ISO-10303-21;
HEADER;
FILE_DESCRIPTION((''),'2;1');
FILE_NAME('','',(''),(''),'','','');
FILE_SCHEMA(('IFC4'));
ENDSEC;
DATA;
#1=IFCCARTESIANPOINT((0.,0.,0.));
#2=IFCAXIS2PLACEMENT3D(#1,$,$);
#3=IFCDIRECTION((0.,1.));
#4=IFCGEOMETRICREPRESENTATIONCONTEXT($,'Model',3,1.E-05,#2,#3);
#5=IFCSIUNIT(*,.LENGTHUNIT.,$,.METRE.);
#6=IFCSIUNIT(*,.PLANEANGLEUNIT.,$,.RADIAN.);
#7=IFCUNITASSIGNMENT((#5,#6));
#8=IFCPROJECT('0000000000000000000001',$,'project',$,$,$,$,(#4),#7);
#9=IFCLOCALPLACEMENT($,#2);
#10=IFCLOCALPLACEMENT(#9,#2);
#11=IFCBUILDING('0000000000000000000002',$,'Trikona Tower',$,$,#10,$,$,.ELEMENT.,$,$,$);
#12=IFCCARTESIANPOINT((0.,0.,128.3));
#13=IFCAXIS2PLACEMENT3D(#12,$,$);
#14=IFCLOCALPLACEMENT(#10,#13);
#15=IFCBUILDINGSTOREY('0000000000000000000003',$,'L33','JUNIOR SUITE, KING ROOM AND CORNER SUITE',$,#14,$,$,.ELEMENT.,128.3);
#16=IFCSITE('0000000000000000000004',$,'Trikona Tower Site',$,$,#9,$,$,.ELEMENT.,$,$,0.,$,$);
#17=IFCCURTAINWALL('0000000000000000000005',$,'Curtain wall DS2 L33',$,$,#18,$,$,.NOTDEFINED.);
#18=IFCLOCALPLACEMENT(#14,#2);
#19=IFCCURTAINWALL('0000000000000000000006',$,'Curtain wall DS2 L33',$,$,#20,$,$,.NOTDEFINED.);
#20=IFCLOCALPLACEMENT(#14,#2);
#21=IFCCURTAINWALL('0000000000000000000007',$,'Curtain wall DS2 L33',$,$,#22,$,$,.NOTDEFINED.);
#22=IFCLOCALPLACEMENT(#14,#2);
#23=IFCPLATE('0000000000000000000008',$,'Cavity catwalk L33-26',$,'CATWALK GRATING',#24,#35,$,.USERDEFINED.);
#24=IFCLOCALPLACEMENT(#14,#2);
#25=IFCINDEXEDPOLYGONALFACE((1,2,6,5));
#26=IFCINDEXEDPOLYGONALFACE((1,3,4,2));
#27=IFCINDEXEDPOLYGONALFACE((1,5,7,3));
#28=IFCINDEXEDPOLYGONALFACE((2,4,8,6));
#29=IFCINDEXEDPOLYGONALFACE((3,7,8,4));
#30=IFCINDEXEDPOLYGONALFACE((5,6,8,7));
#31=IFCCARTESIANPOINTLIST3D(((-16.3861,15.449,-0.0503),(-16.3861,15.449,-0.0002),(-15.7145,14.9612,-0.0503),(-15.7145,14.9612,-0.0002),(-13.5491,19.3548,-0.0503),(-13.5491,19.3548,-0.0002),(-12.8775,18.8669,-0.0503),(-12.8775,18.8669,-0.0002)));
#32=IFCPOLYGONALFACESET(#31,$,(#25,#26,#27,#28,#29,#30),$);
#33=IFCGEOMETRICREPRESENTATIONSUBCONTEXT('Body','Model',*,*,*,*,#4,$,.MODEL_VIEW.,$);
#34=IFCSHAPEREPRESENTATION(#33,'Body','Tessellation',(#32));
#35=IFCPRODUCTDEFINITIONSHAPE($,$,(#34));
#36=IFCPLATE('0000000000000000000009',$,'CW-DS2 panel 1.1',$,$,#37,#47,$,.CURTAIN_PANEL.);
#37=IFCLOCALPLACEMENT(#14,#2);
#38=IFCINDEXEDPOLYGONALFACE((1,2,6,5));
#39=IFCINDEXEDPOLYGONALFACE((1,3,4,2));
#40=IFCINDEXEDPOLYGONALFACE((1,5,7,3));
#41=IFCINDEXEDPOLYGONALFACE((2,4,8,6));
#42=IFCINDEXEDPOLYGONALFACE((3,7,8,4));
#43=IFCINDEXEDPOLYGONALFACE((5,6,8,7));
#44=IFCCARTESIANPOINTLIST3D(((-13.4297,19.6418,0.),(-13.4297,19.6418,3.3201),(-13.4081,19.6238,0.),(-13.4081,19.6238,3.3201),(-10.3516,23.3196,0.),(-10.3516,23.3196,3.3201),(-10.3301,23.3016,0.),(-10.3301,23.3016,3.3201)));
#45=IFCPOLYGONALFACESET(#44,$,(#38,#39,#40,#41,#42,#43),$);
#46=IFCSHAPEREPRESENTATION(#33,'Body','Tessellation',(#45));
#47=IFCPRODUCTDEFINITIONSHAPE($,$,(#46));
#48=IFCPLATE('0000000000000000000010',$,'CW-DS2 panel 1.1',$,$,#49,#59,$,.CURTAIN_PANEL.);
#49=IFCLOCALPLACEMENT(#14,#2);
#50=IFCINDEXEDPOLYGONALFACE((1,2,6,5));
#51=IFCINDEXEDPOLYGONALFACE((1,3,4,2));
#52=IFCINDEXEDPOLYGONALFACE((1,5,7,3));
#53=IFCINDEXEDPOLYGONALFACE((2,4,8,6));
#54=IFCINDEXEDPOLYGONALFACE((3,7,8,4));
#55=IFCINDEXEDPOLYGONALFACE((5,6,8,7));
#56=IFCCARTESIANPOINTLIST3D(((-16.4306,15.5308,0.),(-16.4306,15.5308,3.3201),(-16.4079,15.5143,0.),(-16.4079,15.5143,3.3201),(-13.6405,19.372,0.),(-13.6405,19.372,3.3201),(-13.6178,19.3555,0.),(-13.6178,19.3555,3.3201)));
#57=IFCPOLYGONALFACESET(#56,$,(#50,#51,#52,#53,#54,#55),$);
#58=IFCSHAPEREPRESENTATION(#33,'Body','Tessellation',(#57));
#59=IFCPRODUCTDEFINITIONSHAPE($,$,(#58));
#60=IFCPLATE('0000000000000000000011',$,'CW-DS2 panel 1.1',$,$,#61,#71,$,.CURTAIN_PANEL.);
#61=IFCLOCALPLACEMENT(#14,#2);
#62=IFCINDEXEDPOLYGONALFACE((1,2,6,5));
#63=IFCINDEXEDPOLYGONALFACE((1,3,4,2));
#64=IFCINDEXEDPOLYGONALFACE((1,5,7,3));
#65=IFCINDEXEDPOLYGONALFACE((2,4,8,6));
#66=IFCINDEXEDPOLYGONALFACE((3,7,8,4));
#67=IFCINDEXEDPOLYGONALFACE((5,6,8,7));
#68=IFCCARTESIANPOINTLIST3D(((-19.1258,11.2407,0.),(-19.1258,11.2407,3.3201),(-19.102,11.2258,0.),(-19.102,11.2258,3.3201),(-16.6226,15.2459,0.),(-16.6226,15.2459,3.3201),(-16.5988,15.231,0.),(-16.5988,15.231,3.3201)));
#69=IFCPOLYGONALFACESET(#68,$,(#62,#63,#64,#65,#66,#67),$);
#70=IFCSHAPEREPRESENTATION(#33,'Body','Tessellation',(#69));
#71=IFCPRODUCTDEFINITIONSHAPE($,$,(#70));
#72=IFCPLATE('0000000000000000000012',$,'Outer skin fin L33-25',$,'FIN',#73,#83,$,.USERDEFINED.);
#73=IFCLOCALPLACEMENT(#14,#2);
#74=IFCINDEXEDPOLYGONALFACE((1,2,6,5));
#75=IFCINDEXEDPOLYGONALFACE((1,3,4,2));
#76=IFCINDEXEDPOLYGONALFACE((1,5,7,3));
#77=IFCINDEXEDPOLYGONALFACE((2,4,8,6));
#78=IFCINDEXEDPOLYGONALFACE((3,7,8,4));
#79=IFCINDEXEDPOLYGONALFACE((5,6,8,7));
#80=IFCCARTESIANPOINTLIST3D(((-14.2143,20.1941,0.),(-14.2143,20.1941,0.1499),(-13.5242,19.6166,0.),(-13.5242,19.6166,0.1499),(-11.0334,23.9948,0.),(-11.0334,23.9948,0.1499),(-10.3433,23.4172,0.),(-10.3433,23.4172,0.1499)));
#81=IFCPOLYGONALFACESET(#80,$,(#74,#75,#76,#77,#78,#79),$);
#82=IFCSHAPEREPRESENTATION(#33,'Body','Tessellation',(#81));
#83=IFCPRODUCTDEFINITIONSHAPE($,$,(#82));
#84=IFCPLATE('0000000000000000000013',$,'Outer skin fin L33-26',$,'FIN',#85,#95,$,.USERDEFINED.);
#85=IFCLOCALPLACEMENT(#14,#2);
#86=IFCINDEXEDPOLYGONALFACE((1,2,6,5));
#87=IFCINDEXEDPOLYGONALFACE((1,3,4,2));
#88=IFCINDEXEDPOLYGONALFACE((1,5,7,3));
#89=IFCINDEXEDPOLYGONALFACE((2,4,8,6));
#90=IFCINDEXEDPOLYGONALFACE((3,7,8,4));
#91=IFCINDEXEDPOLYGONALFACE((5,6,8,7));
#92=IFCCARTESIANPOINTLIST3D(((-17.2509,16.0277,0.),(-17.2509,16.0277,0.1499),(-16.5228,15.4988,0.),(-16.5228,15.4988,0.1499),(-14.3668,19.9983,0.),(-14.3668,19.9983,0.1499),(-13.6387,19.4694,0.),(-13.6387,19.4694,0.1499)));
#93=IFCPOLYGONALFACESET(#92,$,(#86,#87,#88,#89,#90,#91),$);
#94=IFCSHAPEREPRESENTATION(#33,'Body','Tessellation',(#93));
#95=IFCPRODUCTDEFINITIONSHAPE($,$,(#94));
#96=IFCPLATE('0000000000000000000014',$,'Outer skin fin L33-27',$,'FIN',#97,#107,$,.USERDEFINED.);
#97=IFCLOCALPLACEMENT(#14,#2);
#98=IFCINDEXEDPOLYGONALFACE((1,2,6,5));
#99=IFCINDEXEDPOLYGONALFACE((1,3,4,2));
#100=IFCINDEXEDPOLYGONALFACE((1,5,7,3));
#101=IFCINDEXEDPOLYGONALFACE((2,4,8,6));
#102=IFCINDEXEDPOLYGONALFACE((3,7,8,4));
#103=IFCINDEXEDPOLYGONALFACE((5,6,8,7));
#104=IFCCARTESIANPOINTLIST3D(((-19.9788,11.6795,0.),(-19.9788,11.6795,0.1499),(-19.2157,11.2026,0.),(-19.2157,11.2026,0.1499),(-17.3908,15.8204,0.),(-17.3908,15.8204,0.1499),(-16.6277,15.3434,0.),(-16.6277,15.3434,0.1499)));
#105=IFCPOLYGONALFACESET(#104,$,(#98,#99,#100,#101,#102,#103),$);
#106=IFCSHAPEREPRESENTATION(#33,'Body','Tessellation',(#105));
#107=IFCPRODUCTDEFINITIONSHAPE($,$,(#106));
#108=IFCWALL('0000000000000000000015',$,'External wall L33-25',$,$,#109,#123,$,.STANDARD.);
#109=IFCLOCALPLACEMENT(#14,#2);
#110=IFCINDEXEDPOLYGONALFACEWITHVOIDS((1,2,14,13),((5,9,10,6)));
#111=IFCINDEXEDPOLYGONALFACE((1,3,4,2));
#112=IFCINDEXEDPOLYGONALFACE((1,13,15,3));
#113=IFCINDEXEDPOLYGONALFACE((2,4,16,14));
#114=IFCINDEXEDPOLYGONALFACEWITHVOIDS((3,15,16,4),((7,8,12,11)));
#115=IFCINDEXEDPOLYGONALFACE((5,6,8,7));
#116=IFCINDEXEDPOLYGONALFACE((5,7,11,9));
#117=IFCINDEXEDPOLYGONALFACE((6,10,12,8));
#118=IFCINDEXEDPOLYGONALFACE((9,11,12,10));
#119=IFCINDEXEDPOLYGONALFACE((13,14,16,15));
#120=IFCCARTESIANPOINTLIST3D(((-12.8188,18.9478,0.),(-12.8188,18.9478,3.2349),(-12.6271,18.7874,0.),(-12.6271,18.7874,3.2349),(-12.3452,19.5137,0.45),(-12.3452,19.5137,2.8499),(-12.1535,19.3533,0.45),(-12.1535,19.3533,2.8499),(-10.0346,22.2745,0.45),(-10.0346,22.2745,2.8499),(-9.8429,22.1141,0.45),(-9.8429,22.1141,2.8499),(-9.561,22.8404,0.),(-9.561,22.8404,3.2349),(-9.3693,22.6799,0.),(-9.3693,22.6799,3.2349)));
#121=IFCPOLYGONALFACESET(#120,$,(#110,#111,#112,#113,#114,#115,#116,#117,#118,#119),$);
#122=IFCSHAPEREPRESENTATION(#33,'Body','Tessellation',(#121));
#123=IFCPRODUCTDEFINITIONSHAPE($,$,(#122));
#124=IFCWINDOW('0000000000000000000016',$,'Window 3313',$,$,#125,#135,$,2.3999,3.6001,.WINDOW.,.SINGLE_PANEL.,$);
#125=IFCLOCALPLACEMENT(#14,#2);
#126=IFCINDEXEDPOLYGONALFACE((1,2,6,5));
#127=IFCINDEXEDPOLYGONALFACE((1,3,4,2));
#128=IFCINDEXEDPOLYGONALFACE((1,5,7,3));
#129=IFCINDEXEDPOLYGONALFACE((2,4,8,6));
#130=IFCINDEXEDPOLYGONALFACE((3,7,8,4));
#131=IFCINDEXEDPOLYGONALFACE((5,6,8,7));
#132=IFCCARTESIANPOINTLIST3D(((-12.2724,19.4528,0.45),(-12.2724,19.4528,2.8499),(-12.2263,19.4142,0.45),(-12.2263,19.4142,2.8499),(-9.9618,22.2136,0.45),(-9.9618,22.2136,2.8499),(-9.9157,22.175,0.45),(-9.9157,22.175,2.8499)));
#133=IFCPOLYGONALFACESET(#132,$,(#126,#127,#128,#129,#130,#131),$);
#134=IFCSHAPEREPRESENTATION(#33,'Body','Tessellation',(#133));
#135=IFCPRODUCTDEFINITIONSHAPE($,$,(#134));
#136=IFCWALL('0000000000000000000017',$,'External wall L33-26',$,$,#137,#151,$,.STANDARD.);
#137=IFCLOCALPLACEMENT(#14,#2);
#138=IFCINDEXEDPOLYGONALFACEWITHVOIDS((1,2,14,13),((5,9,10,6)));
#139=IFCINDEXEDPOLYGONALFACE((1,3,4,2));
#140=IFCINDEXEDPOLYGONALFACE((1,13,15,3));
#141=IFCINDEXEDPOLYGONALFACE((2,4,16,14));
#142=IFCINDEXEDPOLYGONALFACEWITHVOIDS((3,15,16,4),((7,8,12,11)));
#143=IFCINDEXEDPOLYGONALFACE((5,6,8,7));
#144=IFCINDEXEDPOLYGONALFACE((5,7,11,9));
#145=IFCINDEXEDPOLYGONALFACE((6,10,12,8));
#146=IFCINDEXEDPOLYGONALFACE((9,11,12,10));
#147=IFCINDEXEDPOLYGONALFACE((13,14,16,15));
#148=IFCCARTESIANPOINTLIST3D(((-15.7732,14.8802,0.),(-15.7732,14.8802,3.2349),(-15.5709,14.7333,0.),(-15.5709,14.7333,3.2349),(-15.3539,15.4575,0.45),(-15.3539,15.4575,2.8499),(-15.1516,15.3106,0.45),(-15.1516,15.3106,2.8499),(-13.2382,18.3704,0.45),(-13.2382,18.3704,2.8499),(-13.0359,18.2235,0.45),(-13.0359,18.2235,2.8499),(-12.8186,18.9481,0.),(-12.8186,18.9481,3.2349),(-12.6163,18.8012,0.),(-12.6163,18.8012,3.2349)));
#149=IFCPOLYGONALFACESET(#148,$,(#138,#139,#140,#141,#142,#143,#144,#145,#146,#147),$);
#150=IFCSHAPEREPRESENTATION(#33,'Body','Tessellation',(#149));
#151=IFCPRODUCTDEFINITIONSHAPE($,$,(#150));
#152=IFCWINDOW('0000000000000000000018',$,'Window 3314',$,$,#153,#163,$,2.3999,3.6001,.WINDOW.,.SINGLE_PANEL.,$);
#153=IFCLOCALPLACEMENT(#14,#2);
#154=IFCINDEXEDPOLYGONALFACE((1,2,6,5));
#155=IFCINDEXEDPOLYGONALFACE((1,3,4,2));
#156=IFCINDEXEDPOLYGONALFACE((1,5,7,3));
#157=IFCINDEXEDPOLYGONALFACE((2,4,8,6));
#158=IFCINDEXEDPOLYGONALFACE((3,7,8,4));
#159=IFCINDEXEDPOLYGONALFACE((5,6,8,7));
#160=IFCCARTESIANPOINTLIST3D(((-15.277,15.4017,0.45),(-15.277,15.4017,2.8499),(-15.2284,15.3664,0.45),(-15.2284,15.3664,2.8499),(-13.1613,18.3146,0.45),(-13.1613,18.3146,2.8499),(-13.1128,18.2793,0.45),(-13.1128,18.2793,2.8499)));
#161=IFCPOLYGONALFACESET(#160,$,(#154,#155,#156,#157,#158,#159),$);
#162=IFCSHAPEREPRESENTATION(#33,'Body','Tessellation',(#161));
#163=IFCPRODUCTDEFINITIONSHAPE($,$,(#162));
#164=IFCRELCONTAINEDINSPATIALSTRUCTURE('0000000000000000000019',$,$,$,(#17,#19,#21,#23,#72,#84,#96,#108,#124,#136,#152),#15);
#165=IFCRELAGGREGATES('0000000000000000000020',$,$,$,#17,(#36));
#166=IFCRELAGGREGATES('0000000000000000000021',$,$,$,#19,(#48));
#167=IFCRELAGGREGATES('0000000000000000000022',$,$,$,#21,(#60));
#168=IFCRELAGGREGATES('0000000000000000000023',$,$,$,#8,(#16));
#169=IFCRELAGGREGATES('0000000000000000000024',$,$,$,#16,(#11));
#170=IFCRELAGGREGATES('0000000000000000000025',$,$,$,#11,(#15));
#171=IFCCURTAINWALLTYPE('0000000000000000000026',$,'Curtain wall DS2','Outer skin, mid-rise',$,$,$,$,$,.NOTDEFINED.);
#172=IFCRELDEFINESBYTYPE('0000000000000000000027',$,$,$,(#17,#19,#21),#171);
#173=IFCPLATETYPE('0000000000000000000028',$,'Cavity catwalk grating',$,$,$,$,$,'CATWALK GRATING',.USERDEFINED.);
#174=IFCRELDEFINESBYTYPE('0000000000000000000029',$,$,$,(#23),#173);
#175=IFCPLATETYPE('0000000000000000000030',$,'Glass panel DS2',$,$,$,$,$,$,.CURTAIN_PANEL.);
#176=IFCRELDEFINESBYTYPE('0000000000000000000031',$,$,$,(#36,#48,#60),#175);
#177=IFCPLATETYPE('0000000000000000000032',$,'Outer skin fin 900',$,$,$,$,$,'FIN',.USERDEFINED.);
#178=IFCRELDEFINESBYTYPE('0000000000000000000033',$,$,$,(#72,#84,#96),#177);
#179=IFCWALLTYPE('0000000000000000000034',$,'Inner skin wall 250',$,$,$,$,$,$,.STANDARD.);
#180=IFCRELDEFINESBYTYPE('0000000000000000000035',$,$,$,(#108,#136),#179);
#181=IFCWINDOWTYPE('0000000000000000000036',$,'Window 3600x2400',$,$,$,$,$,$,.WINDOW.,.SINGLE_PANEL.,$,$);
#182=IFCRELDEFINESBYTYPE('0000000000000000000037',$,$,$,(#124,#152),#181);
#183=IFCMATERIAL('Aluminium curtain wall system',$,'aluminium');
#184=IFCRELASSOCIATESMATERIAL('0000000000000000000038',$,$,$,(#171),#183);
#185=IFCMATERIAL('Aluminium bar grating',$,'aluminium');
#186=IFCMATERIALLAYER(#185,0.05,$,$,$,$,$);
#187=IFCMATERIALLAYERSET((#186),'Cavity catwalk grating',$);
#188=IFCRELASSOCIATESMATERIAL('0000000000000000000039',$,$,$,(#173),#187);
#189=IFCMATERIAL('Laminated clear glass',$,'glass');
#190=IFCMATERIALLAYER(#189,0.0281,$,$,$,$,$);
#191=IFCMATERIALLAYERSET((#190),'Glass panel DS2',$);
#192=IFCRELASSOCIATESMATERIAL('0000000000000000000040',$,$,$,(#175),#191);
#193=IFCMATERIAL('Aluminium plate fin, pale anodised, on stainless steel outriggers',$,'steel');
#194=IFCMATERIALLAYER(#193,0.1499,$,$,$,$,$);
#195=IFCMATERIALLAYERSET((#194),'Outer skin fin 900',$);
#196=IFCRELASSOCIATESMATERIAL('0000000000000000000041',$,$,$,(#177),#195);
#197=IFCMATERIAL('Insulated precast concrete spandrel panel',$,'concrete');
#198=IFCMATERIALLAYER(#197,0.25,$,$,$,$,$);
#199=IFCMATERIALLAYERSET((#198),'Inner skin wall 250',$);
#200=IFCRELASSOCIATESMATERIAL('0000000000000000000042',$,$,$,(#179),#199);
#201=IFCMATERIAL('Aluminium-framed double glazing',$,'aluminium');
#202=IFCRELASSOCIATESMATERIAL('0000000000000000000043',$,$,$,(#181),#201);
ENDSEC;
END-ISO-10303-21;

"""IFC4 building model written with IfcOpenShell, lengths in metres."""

from ifc_helpers import new_model, si_unit, direction, frame, frame_2d, origin, origin_2d, place, context, subcontext, project, spatial, rectangle, extrude, material, layer, layer_set, type_object, element, fill, aggregate, save


model = new_model("IFC4")

# Units and contexts
model_context = context("Model", 3, precision=1e-05, world=origin(), true_north=direction((0.0, 1.0)))
body_context = subcontext(model_context, "Body", "Model", "MODEL_VIEW")
ifc_project = project(units=[si_unit("LENGTHUNIT", "METRE"), si_unit("PLANEANGLEUNIT", "RADIAN")], contexts=[model_context])

# Site, building, storey
site_placement = place(None, origin())
site = spatial("IfcSite", under=ifc_project, at=site_placement, Name="Trikona Tower Site", CompositionType="ELEMENT", RefElevation=0.0)
building_placement = place(site_placement, origin())
building = spatial("IfcBuilding", under=site, at=building_placement, Name="Trikona Tower", CompositionType="ELEMENT")
storey_placement = place(building_placement, frame((0.0, 0.0, 128.3)))
storey = spatial("IfcBuildingStorey", under=building, at=storey_placement, Name="L33", Description="JUNIOR SUITE, KING ROOM AND CORNER SUITE", CompositionType="ELEMENT", Elevation=128.3)

# Shared definitions
ifc_material_1 = material(Name="Aluminium curtain wall system", Category="aluminium")
curtain_wall_type = type_object("IfcCurtainWallType", Name="Curtain wall DS2", Description="Outer skin, mid-rise", PredefinedType="NOTDEFINED", material=ifc_material_1)

# Curtain walls
curtain_wall_1_placement = place(storey_placement, origin())
curtain_wall_1 = element("IfcCurtainWall", 1, at=curtain_wall_1_placement, inside=storey, type_object=curtain_wall_type, Name="Curtain wall DS2 L33", PredefinedType="NOTDEFINED")
curtain_wall_2_placement = place(storey_placement, origin())
curtain_wall_2 = element("IfcCurtainWall", 2, at=curtain_wall_2_placement, inside=storey, type_object=curtain_wall_type, Name="Curtain wall DS2 L33", PredefinedType="NOTDEFINED")

# Curtain wall
curtain_wall_3_placement = place(storey_placement, origin())
curtain_wall_3 = element("IfcCurtainWall", 3, at=curtain_wall_3_placement, inside=storey, type_object=curtain_wall_type, Name="Curtain wall DS2 L33", PredefinedType="NOTDEFINED")

# Plate
ifc_material_2 = material(Name="Aluminium bar grating", Category="aluminium")
ifc_layer_1 = layer(ifc_material_2, 0.05)
ifc_layer_set_1 = layer_set([ifc_layer_1], Name="Cavity catwalk grating")
plate_type_1 = type_object("IfcPlateType", Name="Cavity catwalk grating", ElementType="CATWALK GRATING", PredefinedType="USERDEFINED", material=ifc_layer_set_1)
plate_1_placement = place(storey_placement, frame((-14.6318, 17.158, -0.0503), z_axis=(0.0, 0.0, 1.0), x_axis=(-0.587686, -0.809089, 0.0)))
element("IfcPlate", 4, at=plate_1_placement, inside=storey, type_object=plate_type_1, Name="Cavity catwalk L33-26", ObjectType="CATWALK GRATING", PredefinedType="USERDEFINED", context=body_context, shape_type="SweptSolid", body=[
    extrude(rectangle(XDim=4.8274, YDim=0.8301, at=origin_2d()), origin(), (0.0, 0.0, 1.0), 0.05),
])

# Plates
ifc_material_3 = material(Name="Laminated clear glass", Category="glass")
ifc_layer_2 = layer(ifc_material_3, 0.0281)
ifc_layer_set_2 = layer_set([ifc_layer_2], Name="Glass panel DS2")
plate_type_2 = type_object("IfcPlateType", Name="Glass panel DS2", PredefinedType="CURTAIN_PANEL", material=ifc_layer_set_2)
plate_2_placement = place(storey_placement, frame((-11.8799, 21.4717, 0.0), z_axis=(0.0, 0.0, 1.0), x_axis=(-0.641806, -0.766867, 0.0)))
plate_2 = element("IfcPlate", 5, at=plate_2_placement, type_object=plate_type_2, Name="CW-DS2 panel 1.1", PredefinedType="CURTAIN_PANEL", context=body_context, shape_type="SweptSolid", body=[
    extrude(rectangle(XDim=4.7959, YDim=0.0281, at=origin_2d()), origin(), (0.0, 0.0, 1.0), 3.3201),
])
aggregate(curtain_wall_1, [plate_2])
plate_3_placement = place(storey_placement, frame((-15.0242, 17.4431, 0.0), z_axis=(0.0, 0.0, 1.0), x_axis=(-0.587691, -0.809086, 0.0)))
plate_3 = element("IfcPlate", 6, at=plate_3_placement, type_object=plate_type_2, Name="CW-DS2 panel 1.1", PredefinedType="CURTAIN_PANEL", context=body_context, shape_type="SweptSolid", body=[
    extrude(rectangle(XDim=4.7476, YDim=0.0281, at=origin_2d()), origin(), (0.0, 0.0, 1.0), 3.3201),
])
aggregate(curtain_wall_2, [plate_3])
plate_4_placement = place(storey_placement, frame((-17.8623, 13.2358, 0.0), z_axis=(0.0, 0.0, 1.0), x_axis=(-0.529999, -0.847998, 0.0)))
plate_4 = element("IfcPlate", 7, at=plate_4_placement, type_object=plate_type_2, Name="CW-DS2 panel 1.1", PredefinedType="CURTAIN_PANEL", context=body_context, shape_type="SweptSolid", body=[
    extrude(rectangle(XDim=4.7231, YDim=0.0281, at=origin_2d()), origin(), (0.0, 0.0, 1.0), 3.3201),
])
aggregate(curtain_wall_3, [plate_4])

# Plates
ifc_material_4 = material(Name="Aluminium plate fin, pale anodised, on stainless steel outriggers", Category="steel")
ifc_layer_3 = layer(ifc_material_4, 0.1499)
ifc_layer_set_3 = layer_set([ifc_layer_3], Name="Outer skin fin 900")
plate_type_3 = type_object("IfcPlateType", Name="Outer skin fin 900", ElementType="FIN", PredefinedType="USERDEFINED", material=ifc_layer_set_3)
plate_5_placement = place(storey_placement, frame((-12.2788, 21.8057, 0.0), z_axis=(0.0, 0.0, 1.0), x_axis=(-0.641807, -0.766866, 0.0)))
element("IfcPlate", 8, at=plate_5_placement, inside=storey, type_object=plate_type_3, Name="Outer skin fin L33-25", ObjectType="FIN", PredefinedType="USERDEFINED", context=body_context, shape_type="SweptSolid", body=[
    extrude(rectangle(XDim=4.9561, YDim=0.8999, at=origin_2d()), origin(), (0.0, 0.0, 1.0), 0.1499),
])
plate_6_placement = place(storey_placement, frame((-15.4448, 17.7485, 0.0), z_axis=(0.0, 0.0, 1.0), x_axis=(-0.587686, -0.809089, 0.0)))
element("IfcPlate", 9, at=plate_6_placement, inside=storey, type_object=plate_type_3, Name="Outer skin fin L33-26", ObjectType="FIN", PredefinedType="USERDEFINED", context=body_context, shape_type="SweptSolid", body=[
    extrude(rectangle(XDim=4.9075, YDim=0.8999, at=origin_2d()), origin(), (0.0, 0.0, 1.0), 0.1499),
])
plate_7_placement = place(storey_placement, frame((-18.3032, 13.5115, 0.0), z_axis=(0.0, 0.0, 1.0), x_axis=(-0.529995, -0.848001, 0.0)))
element("IfcPlate", 10, at=plate_7_placement, inside=storey, type_object=plate_type_3, Name="Outer skin fin L33-27", ObjectType="FIN", PredefinedType="USERDEFINED", context=body_context, shape_type="SweptSolid", body=[
    extrude(rectangle(XDim=4.8831, YDim=0.8999, at=origin_2d()), origin(), (0.0, 0.0, 1.0), 0.1499),
])

# Walls, openings, windows
ifc_material_5 = material(Name="Insulated precast concrete spandrel panel", Category="concrete")
ifc_layer_4 = layer(ifc_material_5, 0.25)
ifc_layer_set_4 = layer_set([ifc_layer_4], Name="Inner skin wall 250")
wall_type = type_object("IfcWallType", Name="Inner skin wall 250", PredefinedType="STANDARD", material=ifc_layer_set_4)
wall_1_placement = place(storey_placement, frame((-9.4651, 22.7603, 0.0), z_axis=(0.0, 0.0, 1.0), x_axis=(-0.64181, -0.766863, 0.0)))
wall_1 = element("IfcWall", 11, at=wall_1_placement, inside=storey, type_object=wall_type, Name="External wall L33-25", PredefinedType="STANDARD", context=body_context, shape_type="SweptSolid", body=[
    extrude(rectangle(XDim=5.0759, YDim=0.25, at=frame_2d((2.5381, 0.0))), origin(), (0.0, 0.0, 1.0), 3.2349),
])
opening_1_placement = place(wall_1_placement, frame((0.738, 0.0, 0.45)))
opening_1 = element("IfcOpeningElement", 12, at=opening_1_placement, cuts=wall_1, PredefinedType="OPENING", context=body_context, shape_type="SweptSolid", body=[
    extrude(rectangle(XDim=3.6001, YDim=2.3999, at=frame_2d((1.8, 1.2))), frame((0.0, 0.135, 0.0), z_axis=(0.0, -1.0, 0.0), x_axis=(1.0, 0.0, 0.0)), (0.0, 0.0, 1.0), 0.27),
])
ifc_material_6 = material(Name="Aluminium-framed double glazing", Category="aluminium")
window_type = type_object("IfcWindowType", Name="Window 3600x2400", PartitioningType="SINGLE_PANEL", PredefinedType="WINDOW", material=ifc_material_6)
window_1_placement = place(opening_1_placement, origin())
window_1 = element("IfcWindow", 13, at=window_1_placement, inside=storey, type_object=window_type, Name="Window 3313", OverallHeight=2.3999, OverallWidth=3.6001, PartitioningType="SINGLE_PANEL", PredefinedType="WINDOW", context=body_context, shape_type="SweptSolid", body=[
    extrude(rectangle(XDim=3.6001, YDim=2.3999, at=frame_2d((1.8, 1.2))), frame((0.0, 0.03, 0.0), z_axis=(0.0, -1.0, 0.0), x_axis=(1.0, 0.0, 0.0)), (0.0, 0.0, 1.0), 0.0601),
])
fill(opening_1, window_1)
wall_2_placement = place(storey_placement, frame((-12.7175, 18.8745, 0.0), z_axis=(0.0, 0.0, 1.0), x_axis=(-0.587669, -0.809101, 0.0)))
wall_2 = element("IfcWall", 14, at=wall_2_placement, inside=storey, type_object=wall_type, Name="External wall L33-26", PredefinedType="STANDARD", context=body_context, shape_type="SweptSolid", body=[
    extrude(rectangle(XDim=5.0276, YDim=0.25, at=frame_2d((2.5137, 0.0))), origin(), (0.0, 0.0, 1.0), 3.2349),
])
opening_2_placement = place(wall_2_placement, frame((0.7139, 0.0, 0.45)))
opening_2 = element("IfcOpeningElement", 15, at=opening_2_placement, cuts=wall_2, PredefinedType="OPENING", context=body_context, shape_type="SweptSolid", body=[
    extrude(rectangle(XDim=3.6001, YDim=2.3999, at=frame_2d((1.8, 1.2))), frame((0.0, 0.135, 0.0), z_axis=(0.0, -1.0, 0.0), x_axis=(1.0, 0.0, 0.0)), (0.0, 0.0, 1.0), 0.27),
])
window_2_placement = place(opening_2_placement, origin())
window_2 = element("IfcWindow", 16, at=window_2_placement, inside=storey, type_object=window_type, Name="Window 3314", OverallHeight=2.3999, OverallWidth=3.6001, PartitioningType="SINGLE_PANEL", PredefinedType="WINDOW", context=body_context, shape_type="SweptSolid", body=[
    extrude(rectangle(XDim=3.6001, YDim=2.3999, at=frame_2d((1.8, 1.2))), frame((0.0, 0.03, 0.0), z_axis=(0.0, -1.0, 0.0), x_axis=(1.0, 0.0, 0.0)), (0.0, 0.0, 1.0), 0.0601),
])
fill(opening_2, window_2)

save(model, "model.ifc")
